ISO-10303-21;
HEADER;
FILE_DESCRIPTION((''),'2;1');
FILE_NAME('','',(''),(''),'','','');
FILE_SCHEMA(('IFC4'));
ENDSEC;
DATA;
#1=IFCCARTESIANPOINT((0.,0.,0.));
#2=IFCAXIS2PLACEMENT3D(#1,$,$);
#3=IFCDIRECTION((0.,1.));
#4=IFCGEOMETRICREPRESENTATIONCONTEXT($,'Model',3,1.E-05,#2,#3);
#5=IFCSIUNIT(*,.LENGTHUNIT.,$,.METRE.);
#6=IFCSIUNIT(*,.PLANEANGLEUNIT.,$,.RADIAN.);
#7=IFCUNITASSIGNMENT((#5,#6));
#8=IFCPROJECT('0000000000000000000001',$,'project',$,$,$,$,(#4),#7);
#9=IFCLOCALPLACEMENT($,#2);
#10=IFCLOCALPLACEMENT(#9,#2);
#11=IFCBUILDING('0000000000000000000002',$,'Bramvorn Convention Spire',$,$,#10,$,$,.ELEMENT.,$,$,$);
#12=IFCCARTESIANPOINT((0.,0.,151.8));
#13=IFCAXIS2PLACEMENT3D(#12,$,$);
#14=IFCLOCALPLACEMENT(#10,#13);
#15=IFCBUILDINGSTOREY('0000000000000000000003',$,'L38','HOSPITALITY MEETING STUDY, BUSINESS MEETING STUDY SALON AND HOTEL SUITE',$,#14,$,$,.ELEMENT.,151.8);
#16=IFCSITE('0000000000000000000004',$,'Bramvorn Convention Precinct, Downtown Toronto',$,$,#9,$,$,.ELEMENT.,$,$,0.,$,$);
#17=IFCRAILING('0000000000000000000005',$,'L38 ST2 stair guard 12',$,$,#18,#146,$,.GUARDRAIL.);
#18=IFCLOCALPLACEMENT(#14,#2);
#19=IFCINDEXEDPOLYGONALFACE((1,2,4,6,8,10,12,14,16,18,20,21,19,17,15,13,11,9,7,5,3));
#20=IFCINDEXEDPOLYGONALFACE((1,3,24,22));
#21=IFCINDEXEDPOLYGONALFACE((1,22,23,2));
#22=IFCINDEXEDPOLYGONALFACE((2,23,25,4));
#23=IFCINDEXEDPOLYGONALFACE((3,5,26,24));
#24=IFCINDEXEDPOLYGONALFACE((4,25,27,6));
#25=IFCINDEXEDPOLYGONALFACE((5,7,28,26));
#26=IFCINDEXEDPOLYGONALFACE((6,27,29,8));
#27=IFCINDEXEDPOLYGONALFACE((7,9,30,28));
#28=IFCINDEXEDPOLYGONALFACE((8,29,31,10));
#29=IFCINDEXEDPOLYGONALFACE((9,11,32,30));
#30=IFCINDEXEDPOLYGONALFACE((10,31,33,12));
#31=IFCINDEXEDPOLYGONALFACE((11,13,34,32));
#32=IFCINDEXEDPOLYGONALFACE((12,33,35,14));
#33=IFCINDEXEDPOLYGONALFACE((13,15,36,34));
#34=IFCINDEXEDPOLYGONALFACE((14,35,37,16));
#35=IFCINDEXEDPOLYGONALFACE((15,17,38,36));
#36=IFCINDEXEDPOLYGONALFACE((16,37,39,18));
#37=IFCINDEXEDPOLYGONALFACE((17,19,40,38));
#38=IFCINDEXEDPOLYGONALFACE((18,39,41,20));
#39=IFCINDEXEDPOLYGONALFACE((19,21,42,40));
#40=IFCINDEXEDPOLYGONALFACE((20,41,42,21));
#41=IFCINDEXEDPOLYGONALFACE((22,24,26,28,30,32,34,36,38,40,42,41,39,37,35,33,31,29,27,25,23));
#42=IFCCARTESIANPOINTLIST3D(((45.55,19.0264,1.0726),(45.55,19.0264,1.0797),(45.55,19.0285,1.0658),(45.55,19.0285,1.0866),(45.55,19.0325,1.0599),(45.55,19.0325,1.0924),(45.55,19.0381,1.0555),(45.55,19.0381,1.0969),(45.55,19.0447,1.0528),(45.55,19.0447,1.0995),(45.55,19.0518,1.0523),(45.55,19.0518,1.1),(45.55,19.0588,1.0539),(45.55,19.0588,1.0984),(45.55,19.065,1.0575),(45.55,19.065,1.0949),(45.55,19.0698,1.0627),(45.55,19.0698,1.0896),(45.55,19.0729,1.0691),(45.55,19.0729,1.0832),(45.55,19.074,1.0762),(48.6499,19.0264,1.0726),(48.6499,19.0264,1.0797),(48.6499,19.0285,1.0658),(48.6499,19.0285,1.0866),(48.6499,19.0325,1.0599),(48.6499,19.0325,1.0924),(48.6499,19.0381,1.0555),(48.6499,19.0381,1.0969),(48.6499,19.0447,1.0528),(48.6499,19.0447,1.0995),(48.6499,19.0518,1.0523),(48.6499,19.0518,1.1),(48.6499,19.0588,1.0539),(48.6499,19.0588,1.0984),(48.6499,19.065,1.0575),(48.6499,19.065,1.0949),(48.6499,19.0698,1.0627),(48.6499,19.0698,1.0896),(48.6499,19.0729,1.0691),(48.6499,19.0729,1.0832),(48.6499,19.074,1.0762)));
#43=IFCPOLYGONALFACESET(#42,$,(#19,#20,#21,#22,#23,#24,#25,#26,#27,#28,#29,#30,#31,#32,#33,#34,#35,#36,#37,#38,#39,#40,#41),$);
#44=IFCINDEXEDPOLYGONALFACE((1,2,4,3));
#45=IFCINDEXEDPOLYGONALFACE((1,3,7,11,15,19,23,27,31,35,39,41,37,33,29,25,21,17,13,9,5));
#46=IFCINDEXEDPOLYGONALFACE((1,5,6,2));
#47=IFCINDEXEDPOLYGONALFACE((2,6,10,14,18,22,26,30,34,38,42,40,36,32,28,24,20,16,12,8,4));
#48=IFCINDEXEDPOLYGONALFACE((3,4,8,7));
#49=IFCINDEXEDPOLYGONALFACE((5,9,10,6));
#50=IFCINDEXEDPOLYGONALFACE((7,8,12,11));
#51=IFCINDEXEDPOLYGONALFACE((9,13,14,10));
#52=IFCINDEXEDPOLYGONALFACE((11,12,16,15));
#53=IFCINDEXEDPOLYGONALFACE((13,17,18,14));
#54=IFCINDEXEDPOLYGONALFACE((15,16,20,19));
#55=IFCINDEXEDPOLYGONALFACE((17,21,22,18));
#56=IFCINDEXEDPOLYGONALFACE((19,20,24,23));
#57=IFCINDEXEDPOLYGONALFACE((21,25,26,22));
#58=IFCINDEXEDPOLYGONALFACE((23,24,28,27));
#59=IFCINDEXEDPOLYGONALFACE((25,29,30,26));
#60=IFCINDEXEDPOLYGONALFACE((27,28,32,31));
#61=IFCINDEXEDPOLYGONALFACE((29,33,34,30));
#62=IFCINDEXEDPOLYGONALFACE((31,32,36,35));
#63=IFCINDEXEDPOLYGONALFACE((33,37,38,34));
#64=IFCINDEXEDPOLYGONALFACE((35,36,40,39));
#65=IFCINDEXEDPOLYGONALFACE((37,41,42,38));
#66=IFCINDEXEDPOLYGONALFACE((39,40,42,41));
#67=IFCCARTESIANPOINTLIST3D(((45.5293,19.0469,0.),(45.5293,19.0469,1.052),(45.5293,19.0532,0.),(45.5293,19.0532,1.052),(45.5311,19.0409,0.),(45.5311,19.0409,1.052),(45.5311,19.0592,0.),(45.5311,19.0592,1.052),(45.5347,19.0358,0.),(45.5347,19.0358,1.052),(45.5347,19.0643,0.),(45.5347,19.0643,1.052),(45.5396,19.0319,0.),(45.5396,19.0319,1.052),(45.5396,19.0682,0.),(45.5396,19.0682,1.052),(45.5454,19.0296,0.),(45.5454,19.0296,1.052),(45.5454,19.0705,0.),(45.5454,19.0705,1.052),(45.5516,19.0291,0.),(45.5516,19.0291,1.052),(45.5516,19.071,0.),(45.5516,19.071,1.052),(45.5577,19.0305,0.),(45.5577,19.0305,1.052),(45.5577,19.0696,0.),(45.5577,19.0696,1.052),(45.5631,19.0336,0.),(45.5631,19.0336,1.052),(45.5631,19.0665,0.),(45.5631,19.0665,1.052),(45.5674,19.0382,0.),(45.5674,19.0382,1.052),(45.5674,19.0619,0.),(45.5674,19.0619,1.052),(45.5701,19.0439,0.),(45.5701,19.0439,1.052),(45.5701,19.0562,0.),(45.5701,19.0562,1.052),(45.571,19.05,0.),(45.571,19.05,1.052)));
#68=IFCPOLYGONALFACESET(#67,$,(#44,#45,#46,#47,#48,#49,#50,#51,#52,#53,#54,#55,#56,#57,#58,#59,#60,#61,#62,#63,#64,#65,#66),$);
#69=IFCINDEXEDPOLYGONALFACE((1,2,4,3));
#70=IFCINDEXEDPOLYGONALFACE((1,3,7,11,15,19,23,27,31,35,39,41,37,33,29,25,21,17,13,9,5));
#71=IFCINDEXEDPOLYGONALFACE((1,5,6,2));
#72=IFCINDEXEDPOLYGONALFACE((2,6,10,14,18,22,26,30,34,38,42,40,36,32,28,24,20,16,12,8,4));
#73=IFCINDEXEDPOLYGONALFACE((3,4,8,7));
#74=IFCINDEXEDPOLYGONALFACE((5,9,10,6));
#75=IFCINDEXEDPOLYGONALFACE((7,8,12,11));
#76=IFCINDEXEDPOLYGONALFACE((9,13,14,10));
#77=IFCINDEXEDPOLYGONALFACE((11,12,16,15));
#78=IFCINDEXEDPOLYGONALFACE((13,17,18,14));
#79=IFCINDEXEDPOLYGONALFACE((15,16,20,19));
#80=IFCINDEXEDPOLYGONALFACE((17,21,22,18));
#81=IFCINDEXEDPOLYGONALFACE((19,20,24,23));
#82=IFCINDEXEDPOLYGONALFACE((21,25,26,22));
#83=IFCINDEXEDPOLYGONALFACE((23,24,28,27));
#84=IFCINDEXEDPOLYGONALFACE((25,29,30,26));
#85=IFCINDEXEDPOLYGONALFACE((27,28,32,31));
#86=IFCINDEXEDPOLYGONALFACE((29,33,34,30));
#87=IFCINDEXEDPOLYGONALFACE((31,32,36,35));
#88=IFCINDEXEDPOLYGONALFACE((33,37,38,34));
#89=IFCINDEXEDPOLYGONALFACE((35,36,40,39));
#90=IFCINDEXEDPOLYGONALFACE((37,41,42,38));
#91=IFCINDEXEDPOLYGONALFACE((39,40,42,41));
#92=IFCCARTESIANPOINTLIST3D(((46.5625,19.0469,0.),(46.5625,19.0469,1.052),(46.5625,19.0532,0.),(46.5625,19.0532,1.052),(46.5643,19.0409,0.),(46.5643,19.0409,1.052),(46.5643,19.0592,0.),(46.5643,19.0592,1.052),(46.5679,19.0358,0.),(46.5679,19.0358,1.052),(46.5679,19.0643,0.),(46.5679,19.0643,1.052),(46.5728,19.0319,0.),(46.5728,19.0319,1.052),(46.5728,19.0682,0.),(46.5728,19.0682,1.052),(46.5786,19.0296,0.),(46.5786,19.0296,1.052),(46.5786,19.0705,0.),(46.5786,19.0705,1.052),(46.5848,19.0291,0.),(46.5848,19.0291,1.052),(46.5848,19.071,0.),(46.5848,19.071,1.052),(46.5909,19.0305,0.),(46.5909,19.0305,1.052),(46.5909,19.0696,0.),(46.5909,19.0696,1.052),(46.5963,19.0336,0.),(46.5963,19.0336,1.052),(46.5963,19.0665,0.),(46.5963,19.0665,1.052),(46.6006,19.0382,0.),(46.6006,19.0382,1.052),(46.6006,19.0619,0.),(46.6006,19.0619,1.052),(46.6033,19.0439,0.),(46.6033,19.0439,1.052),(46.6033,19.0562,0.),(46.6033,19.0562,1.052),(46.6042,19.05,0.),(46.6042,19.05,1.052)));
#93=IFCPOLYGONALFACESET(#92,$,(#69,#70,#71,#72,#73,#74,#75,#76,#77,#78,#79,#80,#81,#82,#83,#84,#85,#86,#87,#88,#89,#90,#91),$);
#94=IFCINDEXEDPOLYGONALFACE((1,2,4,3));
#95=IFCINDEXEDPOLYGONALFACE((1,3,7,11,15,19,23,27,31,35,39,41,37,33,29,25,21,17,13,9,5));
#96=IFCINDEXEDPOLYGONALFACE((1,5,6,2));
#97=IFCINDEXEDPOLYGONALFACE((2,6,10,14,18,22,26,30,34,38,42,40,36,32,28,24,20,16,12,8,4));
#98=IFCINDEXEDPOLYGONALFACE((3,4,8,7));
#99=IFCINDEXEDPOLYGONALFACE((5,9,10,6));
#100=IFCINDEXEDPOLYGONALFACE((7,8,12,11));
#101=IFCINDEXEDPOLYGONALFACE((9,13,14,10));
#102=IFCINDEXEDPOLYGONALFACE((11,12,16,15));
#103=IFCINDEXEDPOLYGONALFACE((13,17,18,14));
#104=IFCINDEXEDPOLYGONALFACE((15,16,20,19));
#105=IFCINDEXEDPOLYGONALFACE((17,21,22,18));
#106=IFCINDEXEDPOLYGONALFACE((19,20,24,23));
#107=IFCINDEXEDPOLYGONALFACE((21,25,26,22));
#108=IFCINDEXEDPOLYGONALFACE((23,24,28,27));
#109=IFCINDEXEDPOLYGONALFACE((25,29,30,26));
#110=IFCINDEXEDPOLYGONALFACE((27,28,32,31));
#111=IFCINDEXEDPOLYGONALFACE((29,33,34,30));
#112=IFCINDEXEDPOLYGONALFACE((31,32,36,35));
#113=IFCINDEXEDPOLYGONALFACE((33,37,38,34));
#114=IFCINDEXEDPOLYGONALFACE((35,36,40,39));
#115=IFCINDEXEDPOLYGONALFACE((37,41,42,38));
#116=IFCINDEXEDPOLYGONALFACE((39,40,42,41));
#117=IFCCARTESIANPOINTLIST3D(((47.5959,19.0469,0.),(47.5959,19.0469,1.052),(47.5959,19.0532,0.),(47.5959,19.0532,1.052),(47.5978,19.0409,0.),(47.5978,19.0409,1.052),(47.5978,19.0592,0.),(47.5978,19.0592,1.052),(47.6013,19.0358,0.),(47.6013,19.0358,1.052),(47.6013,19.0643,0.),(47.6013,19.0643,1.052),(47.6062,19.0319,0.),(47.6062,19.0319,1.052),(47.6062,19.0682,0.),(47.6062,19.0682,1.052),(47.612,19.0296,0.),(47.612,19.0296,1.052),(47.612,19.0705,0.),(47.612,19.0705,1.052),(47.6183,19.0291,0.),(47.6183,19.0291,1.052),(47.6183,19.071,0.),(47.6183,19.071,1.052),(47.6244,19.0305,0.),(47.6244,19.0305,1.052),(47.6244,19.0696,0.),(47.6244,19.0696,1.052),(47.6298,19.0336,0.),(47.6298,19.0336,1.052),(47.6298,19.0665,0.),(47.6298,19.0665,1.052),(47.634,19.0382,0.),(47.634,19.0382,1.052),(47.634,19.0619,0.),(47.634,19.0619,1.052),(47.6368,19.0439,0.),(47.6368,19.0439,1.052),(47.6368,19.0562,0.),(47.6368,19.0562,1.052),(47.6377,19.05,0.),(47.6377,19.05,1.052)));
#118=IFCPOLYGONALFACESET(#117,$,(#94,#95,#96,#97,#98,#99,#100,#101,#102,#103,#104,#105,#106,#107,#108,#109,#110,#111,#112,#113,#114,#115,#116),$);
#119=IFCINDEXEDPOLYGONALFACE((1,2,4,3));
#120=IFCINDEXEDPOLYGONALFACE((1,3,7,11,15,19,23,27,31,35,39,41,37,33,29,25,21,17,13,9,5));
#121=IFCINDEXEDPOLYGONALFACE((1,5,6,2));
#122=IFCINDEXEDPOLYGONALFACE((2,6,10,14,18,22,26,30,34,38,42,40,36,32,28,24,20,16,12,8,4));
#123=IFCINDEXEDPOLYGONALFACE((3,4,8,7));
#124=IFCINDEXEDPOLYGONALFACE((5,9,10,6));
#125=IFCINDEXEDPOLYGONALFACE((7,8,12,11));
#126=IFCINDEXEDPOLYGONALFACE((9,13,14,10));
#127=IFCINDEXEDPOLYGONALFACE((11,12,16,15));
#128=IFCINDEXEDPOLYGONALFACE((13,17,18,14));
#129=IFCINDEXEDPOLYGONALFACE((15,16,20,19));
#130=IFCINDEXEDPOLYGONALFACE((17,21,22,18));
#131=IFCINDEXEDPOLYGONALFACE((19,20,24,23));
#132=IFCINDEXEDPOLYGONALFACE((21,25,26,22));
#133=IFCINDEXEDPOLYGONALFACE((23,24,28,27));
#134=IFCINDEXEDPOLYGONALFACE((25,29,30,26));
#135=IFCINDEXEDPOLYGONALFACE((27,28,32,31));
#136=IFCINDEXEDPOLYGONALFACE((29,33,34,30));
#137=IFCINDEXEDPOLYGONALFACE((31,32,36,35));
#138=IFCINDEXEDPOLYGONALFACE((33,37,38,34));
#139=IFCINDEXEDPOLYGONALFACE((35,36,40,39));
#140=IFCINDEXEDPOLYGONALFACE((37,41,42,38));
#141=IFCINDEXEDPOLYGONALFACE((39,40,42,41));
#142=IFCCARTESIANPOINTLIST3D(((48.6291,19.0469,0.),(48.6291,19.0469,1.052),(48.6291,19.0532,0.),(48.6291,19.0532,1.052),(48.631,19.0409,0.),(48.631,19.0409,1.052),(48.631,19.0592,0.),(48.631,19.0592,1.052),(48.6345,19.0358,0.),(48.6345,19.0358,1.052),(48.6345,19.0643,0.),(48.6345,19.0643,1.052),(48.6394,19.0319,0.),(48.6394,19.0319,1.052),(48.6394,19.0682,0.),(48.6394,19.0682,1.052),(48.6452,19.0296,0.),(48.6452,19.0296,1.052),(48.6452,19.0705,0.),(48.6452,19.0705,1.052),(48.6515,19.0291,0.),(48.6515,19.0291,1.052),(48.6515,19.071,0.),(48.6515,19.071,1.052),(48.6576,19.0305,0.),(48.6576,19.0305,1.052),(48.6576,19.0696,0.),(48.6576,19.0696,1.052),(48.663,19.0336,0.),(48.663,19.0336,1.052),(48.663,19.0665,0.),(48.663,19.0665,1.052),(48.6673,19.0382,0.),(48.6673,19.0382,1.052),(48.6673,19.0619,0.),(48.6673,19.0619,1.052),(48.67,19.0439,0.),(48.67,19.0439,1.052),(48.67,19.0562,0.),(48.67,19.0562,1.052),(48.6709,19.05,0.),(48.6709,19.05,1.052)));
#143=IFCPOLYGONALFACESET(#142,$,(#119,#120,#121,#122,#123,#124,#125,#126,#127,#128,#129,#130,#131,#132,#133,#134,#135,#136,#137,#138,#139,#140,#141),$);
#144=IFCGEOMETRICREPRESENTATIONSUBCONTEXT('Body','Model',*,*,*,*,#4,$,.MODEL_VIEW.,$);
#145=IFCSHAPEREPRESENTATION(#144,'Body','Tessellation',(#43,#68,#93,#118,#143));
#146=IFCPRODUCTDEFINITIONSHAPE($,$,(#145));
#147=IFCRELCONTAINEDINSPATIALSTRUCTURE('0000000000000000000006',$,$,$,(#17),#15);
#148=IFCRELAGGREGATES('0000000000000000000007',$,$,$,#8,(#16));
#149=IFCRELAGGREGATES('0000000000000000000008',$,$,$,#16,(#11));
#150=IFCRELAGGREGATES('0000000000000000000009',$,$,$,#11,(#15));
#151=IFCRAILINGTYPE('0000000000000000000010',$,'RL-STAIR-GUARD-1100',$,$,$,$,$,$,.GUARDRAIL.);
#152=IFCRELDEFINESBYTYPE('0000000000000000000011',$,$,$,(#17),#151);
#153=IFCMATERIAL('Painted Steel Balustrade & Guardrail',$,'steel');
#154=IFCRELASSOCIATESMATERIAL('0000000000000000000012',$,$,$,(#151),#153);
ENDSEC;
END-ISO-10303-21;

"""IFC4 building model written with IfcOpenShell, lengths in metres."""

from ifc_helpers import new_model, si_unit, direction, frame, origin, origin_2d, place, context, subcontext, project, spatial, circle, extrude, material, type_object, element, save


model = new_model("IFC4")

# Units and contexts
model_context = context("Model", 3, precision=1e-05, world=origin(), true_north=direction((0.0, 1.0)))
body_context = subcontext(model_context, "Body", "Model", "MODEL_VIEW")
ifc_project = project(units=[si_unit("LENGTHUNIT", "METRE"), si_unit("PLANEANGLEUNIT", "RADIAN")], contexts=[model_context])

# Site, building, storey
site_placement = place(None, origin())
site = spatial("IfcSite", under=ifc_project, at=site_placement, Name="Bramvorn Convention Precinct, Downtown Toronto", CompositionType="ELEMENT", RefElevation=0.0)
building_placement = place(site_placement, origin())
building = spatial("IfcBuilding", under=site, at=building_placement, Name="Bramvorn Convention Spire", CompositionType="ELEMENT")
storey_placement = place(building_placement, frame((0.0, 0.0, 151.8)))
storey = spatial("IfcBuildingStorey", under=building, at=storey_placement, Name="L38", Description="HOSPITALITY MEETING STUDY, BUSINESS MEETING STUDY SALON AND HOTEL SUITE", CompositionType="ELEMENT", Elevation=151.8)

# Railing
ifc_material_1 = material(Name="Painted Steel Balustrade & Guardrail", Category="steel")
railing_type_1 = type_object("IfcRailingType", Name="RL-STAIR-GUARD-1100", PredefinedType="GUARDRAIL", material=ifc_material_1)
railing_1_placement = place(storey_placement, frame((45.55, 19.05, 0.0)))
element("IfcRailing", 1, at=railing_1_placement, inside=storey, type_object=railing_type_1, Name="L38 ST2 stair guard 12", PredefinedType="GUARDRAIL", context=body_context, shape_type="SweptSolid", body=[
    extrude(circle(Radius=0.0239, at=origin_2d()), frame((0.0, 0.0, 1.0762), z_axis=(1.0, 0.0, 0.0), x_axis=(0.0, 1.0, 0.0)), (0.0, 0.0, 1.0), 3.0999),
    extrude(circle(Radius=0.021, at=origin_2d()), origin(), (0.0, 0.0, 1.0), 1.052),
    extrude(circle(Radius=0.021, at=origin_2d()), frame((1.0332, 0.0, 0.0)), (0.0, 0.0, 1.0), 1.052),
    extrude(circle(Radius=0.021, at=origin_2d()), frame((2.0667, 0.0, 0.0)), (0.0, 0.0, 1.0), 1.052),
    extrude(circle(Radius=0.021, at=origin_2d()), frame((3.0999, 0.0, 0.0)), (0.0, 0.0, 1.0), 1.052),
])

save(model, "model.ifc")
